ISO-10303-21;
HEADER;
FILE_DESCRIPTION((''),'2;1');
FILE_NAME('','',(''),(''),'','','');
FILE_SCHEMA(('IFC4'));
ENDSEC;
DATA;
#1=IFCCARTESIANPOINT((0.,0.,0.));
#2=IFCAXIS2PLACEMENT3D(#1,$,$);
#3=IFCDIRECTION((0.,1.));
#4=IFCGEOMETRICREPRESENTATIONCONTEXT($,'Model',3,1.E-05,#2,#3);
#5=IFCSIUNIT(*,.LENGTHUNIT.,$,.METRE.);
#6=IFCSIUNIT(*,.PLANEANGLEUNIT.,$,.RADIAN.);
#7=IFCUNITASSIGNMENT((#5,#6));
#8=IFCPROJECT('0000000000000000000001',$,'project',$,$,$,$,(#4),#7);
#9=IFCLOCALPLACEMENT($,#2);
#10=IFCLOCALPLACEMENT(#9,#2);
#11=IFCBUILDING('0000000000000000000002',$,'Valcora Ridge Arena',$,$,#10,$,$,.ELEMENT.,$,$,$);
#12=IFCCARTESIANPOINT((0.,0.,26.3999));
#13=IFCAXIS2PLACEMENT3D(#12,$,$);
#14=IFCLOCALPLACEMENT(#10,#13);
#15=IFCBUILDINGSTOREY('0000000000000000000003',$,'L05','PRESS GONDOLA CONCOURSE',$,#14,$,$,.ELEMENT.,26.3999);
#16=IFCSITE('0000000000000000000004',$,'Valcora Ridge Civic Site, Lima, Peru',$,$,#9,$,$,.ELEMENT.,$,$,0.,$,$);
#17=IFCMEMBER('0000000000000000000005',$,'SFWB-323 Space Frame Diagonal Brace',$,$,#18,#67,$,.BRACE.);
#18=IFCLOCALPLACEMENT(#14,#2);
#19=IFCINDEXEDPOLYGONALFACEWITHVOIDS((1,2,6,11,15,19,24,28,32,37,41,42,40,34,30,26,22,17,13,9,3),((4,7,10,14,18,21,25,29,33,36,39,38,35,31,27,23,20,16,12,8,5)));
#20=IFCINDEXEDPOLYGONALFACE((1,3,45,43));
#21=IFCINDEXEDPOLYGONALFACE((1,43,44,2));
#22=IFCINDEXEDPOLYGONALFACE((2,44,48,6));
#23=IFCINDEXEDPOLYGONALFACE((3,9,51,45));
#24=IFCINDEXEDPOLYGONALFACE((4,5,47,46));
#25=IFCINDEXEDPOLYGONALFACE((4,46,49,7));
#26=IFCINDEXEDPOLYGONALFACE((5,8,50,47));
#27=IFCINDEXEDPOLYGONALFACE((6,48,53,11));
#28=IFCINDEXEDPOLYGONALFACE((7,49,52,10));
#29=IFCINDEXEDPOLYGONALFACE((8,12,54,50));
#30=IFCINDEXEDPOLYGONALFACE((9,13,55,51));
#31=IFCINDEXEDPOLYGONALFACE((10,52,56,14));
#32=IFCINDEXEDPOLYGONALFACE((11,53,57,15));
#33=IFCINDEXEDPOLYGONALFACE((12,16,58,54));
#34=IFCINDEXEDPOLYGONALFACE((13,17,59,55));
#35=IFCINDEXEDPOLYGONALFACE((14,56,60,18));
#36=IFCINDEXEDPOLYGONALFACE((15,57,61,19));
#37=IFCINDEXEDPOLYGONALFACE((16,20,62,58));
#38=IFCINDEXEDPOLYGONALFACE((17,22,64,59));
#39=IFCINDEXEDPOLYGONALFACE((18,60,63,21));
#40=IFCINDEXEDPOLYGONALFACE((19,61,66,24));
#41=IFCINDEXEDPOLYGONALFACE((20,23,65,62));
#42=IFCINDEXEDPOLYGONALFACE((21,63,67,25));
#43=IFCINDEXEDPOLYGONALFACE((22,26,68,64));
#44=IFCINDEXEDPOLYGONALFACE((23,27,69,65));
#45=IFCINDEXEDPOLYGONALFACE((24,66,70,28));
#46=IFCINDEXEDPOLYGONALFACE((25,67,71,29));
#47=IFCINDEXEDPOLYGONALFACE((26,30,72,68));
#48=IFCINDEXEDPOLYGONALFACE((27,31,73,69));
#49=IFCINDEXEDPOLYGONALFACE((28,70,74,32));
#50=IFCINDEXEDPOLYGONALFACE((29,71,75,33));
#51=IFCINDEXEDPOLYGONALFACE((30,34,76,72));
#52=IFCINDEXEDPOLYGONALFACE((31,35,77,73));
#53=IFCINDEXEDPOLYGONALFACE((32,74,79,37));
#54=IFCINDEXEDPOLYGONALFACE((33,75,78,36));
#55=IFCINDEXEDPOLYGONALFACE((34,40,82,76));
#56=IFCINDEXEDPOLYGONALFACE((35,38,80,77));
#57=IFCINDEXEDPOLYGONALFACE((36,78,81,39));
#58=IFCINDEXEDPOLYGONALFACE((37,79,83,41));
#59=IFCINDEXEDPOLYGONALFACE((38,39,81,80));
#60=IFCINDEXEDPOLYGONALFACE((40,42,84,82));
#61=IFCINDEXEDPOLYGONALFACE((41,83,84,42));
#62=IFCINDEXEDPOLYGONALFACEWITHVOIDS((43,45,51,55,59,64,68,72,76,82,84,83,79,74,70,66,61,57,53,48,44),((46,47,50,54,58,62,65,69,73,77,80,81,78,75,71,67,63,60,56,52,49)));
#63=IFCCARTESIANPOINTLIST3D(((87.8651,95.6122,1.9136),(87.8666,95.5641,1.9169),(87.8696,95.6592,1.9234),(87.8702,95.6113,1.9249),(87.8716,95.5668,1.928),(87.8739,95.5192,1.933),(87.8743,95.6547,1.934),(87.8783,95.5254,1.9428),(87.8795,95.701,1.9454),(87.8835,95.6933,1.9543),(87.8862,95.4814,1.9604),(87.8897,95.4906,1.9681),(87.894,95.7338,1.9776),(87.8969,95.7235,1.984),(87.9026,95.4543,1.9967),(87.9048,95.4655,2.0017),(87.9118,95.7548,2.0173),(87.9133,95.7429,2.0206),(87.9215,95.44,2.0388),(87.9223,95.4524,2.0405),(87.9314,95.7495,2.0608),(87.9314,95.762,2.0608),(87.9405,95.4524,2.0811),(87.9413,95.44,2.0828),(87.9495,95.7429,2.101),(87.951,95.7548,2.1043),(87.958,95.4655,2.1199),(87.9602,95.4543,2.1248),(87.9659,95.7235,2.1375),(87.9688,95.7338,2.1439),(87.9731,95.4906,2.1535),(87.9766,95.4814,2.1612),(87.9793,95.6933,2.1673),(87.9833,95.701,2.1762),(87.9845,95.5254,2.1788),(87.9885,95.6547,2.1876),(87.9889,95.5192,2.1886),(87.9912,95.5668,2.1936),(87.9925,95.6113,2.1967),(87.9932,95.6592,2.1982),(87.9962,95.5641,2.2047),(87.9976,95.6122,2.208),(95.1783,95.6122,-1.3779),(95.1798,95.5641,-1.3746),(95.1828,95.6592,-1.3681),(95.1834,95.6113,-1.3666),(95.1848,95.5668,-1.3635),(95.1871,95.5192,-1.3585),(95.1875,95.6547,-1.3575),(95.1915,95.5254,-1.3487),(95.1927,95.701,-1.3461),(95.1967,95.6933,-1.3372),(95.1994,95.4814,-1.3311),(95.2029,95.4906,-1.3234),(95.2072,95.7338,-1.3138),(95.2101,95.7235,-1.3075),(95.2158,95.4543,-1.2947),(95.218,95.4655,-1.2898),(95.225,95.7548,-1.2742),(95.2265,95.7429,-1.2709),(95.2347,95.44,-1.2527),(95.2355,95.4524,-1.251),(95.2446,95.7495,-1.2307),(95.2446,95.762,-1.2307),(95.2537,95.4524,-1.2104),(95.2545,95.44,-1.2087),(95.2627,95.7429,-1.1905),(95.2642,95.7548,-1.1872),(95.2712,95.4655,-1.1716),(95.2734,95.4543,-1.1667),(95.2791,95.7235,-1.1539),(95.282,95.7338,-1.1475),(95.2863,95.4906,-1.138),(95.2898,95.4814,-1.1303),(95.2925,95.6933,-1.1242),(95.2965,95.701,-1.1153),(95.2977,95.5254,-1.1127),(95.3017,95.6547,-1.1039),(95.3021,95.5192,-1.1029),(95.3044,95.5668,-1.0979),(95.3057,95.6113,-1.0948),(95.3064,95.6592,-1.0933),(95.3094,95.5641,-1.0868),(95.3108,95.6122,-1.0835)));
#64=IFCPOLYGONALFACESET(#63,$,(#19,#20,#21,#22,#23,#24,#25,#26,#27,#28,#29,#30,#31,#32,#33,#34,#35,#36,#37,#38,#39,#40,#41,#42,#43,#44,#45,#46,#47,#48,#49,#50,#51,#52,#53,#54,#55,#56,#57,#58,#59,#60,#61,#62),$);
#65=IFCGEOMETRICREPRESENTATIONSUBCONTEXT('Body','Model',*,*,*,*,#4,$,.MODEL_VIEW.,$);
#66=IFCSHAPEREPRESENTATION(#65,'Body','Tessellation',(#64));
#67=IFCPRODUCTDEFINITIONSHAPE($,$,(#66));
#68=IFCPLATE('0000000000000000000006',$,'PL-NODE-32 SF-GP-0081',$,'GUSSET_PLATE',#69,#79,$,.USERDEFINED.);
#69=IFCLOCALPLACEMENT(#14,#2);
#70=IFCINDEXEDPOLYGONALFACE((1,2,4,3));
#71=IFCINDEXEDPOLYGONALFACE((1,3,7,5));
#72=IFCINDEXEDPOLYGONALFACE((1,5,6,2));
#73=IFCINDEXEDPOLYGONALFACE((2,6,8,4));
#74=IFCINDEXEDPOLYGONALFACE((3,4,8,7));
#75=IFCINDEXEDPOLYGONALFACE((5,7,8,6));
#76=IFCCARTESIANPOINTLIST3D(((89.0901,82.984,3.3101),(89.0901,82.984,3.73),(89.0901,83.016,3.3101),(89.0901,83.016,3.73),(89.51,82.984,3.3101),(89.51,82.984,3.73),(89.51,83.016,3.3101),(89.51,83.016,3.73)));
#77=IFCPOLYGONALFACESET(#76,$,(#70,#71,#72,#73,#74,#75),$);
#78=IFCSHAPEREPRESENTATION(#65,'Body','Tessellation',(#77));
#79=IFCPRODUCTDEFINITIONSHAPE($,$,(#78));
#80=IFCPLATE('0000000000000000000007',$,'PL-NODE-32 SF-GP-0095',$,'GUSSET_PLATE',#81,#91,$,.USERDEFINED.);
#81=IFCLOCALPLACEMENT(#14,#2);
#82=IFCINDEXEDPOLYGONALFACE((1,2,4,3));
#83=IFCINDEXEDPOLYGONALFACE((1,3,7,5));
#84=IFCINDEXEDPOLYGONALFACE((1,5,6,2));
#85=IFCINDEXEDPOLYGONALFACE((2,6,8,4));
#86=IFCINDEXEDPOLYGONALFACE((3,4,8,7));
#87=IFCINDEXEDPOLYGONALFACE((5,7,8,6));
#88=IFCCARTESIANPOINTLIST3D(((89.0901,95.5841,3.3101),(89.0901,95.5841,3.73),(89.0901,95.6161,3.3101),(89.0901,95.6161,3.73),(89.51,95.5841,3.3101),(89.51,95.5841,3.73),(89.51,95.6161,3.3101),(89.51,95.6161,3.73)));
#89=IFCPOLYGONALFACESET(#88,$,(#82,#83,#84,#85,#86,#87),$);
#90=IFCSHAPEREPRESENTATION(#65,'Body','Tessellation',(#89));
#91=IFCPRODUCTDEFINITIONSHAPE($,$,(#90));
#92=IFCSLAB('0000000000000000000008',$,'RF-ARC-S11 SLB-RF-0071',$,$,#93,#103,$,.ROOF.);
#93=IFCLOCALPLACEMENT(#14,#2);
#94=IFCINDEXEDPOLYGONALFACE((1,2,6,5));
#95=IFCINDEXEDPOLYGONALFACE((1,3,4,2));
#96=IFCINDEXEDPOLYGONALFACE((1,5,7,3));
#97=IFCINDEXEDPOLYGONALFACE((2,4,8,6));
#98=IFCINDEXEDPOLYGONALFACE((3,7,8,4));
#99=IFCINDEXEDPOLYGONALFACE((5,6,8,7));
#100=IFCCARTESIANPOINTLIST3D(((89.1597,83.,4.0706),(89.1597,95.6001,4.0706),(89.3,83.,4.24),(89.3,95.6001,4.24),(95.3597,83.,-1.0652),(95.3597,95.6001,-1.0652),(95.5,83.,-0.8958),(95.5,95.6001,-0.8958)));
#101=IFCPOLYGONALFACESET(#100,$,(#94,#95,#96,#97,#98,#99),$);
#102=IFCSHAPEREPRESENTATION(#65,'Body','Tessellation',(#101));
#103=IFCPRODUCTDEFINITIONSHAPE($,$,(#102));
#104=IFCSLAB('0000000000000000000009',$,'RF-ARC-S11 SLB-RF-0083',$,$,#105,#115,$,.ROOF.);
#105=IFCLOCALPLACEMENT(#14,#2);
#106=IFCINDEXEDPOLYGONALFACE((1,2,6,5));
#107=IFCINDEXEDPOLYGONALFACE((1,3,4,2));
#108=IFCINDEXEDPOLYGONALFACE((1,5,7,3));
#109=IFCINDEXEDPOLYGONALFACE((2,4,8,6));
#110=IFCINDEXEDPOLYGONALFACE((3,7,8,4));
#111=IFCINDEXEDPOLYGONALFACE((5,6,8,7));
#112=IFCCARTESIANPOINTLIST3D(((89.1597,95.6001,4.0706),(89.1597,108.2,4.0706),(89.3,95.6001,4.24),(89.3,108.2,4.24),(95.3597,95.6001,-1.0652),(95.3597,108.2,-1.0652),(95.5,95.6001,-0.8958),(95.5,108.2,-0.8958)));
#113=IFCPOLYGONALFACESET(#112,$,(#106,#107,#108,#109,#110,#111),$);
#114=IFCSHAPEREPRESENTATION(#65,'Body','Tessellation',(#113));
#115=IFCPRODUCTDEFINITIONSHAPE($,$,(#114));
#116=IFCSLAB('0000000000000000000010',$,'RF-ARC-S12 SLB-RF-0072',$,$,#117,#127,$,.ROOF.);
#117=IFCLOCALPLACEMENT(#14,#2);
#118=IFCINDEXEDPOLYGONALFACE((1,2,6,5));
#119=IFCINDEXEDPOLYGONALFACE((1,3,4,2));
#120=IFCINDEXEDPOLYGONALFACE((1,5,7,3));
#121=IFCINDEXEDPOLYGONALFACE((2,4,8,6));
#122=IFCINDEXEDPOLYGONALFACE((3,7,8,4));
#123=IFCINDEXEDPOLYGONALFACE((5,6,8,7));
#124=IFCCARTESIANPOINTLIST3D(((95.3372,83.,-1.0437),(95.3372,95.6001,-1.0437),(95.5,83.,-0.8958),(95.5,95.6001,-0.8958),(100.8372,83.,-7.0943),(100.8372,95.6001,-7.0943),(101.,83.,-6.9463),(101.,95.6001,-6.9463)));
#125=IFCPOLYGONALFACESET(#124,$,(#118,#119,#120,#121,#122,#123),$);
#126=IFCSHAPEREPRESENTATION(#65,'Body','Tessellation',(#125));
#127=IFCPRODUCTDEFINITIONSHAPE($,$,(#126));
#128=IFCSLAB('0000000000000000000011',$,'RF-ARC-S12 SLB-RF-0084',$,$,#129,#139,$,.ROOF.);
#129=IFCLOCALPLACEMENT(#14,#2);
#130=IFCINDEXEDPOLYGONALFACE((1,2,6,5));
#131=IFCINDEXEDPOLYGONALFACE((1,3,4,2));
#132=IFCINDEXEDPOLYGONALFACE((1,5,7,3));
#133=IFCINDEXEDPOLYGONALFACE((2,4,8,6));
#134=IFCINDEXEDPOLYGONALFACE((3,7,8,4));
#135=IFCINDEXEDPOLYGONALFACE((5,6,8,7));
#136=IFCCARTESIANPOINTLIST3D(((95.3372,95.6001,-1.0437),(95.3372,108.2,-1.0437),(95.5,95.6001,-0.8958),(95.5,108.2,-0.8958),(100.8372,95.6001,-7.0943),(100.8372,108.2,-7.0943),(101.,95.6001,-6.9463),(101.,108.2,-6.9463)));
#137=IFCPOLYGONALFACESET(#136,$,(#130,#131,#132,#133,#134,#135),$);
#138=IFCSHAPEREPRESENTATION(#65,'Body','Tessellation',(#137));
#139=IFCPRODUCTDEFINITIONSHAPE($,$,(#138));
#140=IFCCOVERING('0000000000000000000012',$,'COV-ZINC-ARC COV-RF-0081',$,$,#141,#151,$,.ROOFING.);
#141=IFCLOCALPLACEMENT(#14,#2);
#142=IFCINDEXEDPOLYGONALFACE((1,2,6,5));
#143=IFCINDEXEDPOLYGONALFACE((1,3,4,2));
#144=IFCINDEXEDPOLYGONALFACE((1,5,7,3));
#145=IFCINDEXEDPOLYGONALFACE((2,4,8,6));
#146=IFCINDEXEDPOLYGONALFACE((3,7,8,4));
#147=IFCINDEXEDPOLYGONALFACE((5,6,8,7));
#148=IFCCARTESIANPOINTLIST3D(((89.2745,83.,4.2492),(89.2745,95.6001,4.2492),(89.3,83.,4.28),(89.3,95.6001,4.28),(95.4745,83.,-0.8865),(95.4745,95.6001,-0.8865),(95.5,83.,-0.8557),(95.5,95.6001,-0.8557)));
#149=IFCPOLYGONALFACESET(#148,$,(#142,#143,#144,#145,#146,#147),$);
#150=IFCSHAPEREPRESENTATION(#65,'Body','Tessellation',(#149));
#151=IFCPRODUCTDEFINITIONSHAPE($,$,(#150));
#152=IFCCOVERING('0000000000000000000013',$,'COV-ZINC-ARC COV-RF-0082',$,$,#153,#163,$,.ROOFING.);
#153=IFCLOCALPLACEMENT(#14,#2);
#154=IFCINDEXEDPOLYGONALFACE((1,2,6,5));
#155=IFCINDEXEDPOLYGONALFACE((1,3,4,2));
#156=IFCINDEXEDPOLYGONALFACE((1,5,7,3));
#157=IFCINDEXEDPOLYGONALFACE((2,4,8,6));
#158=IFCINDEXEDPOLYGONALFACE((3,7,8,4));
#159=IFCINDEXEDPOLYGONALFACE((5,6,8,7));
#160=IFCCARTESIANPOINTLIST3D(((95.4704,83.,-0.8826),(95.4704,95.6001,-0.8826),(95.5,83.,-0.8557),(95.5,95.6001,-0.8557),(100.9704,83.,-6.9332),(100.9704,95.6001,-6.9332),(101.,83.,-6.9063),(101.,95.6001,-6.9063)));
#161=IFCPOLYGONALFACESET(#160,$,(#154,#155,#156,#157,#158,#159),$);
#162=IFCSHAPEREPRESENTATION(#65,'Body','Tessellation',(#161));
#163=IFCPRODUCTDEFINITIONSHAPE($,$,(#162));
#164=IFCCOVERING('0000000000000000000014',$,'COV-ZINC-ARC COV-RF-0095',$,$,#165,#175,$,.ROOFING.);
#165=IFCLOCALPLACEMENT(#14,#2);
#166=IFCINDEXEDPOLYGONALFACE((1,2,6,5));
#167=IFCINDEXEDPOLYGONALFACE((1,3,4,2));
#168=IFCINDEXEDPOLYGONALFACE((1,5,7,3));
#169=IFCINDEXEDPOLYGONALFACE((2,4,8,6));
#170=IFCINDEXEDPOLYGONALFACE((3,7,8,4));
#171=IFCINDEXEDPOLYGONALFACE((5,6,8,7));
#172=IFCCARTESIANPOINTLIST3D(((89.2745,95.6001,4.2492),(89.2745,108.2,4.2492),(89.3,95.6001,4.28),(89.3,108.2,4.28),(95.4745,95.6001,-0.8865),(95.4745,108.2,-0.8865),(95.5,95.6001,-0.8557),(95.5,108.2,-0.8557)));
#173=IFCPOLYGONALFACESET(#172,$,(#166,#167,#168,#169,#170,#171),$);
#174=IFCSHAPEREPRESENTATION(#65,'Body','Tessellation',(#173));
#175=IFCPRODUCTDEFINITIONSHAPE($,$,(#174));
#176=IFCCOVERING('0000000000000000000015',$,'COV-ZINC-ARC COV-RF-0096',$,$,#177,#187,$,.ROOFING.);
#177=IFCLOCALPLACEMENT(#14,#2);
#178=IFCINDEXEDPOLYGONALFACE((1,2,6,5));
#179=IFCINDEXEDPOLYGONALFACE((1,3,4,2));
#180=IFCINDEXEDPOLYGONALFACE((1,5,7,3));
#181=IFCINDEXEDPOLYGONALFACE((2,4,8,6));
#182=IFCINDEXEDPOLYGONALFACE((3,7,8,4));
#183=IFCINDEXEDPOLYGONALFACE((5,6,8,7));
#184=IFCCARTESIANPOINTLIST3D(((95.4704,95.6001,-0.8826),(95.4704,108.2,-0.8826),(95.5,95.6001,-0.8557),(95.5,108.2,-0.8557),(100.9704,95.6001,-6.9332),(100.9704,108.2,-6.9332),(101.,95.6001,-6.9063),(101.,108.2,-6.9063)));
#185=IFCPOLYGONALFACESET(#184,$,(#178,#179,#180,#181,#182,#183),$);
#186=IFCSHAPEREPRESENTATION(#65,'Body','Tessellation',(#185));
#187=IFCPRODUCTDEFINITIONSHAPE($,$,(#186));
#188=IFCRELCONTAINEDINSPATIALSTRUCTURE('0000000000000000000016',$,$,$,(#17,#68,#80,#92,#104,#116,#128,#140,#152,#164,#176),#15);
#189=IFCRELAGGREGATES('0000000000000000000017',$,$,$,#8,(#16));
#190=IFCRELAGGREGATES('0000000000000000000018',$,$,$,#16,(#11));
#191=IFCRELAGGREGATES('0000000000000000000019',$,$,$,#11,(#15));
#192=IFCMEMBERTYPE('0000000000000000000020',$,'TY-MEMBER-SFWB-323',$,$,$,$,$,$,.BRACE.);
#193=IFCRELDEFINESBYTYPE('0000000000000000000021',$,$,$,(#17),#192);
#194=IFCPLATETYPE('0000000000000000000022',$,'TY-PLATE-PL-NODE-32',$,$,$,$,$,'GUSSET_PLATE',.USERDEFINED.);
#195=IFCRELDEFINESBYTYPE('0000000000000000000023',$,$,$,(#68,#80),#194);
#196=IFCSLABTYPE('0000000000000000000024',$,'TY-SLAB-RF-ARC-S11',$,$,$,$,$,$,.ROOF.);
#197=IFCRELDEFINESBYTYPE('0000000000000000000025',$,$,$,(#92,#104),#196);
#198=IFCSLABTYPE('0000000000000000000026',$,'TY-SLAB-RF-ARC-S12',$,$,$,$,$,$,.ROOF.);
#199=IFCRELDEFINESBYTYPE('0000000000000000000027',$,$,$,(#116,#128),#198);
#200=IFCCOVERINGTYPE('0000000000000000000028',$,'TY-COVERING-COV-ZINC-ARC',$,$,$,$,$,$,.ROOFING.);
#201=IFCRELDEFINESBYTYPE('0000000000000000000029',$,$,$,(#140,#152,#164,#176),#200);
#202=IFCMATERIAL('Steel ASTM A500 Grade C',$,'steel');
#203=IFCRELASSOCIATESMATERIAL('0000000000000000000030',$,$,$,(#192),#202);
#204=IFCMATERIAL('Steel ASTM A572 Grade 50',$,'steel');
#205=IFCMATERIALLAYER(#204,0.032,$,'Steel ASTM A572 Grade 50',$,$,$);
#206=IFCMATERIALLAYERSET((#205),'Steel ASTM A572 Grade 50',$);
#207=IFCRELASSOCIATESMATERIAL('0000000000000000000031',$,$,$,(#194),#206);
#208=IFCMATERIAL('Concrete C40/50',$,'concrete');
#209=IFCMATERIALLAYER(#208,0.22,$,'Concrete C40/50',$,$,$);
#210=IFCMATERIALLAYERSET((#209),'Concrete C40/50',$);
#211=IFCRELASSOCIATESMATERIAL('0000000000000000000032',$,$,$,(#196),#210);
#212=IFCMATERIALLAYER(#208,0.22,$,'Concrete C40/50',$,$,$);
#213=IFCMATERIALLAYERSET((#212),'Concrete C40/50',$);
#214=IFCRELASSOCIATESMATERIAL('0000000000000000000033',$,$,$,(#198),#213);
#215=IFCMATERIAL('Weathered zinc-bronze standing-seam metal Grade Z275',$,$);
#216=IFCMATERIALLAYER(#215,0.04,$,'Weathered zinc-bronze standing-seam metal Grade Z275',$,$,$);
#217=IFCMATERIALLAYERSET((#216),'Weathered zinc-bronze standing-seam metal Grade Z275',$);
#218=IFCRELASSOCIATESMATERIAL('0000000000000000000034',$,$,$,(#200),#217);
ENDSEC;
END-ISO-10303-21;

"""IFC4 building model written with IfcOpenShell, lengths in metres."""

from ifc_helpers import new_model, si_unit, direction, frame, origin, origin_2d, place, context, subcontext, project, spatial, polyline, rectangle, hollow_circle, outline, extrude, material, layer, layer_set, material_profile, profile_set, type_object, element, save


model = new_model("IFC4")

# Units and contexts
model_context = context("Model", 3, precision=1e-05, world=origin(), true_north=direction((0.0, 1.0)))
body_context = subcontext(model_context, "Body", "Model", "MODEL_VIEW")
ifc_project = project(units=[si_unit("LENGTHUNIT", "METRE"), si_unit("PLANEANGLEUNIT", "RADIAN")], contexts=[model_context])

# Site, building, storey
site_placement = place(None, origin())
site = spatial("IfcSite", under=ifc_project, at=site_placement, Name="Valcora Ridge Civic Site, Lima, Peru", CompositionType="ELEMENT", RefElevation=0.0)
building_placement = place(site_placement, origin())
building = spatial("IfcBuilding", under=site, at=building_placement, Name="Valcora Ridge Arena", CompositionType="ELEMENT")
storey_placement = place(building_placement, frame((0.0, 0.0, 26.3999)))
storey = spatial("IfcBuildingStorey", under=building, at=storey_placement, Name="L05", Description="PRESS GONDOLA CONCOURSE", CompositionType="ELEMENT", Elevation=26.3999)

# Member
ifc_material_1 = material(Name="Steel ASTM A572 Grade 50", Category="steel")
ifc_material_2 = material(Name="Steel ASTM A500 Grade C", Category="steel")
ifc_material_profile_1 = material_profile(ifc_material_2, hollow_circle(Radius=0.1619, WallThickness=0.0125, at=origin_2d()), Name="CHS323X12")
ifc_profile_set_1 = profile_set([ifc_material_profile_1], Name="Steel ASTM A500 Grade C")
member_type_1 = type_object("IfcMemberType", Name="TY-MEMBER-SFWB-323", PredefinedType="BRACE", material=ifc_profile_set_1)
for number, where, z_axis, x_axis, name in (
    (1, (87.9314, 95.6001, 2.0608), (0.911896, 0.0, -0.410422), (0.0, 1.0, 0.0), "SFWB-323 Space Frame Diagonal Brace"),
):
    element("IfcMember", number, at=place(storey_placement, frame(where, z_axis=z_axis, x_axis=x_axis)), inside=storey, type_object=member_type_1, Name=name, PredefinedType="BRACE", context=body_context, shape_type="SweptSolid", body=[
        extrude(hollow_circle(Radius=0.1619, WallThickness=0.0125, at=origin_2d()), origin(), (0.0, 0.0, 1.0), 8.0198),
    ])

# Plates
ifc_layer_1 = layer(ifc_material_1, 0.032, Name="Steel ASTM A572 Grade 50")
ifc_layer_set_1 = layer_set([ifc_layer_1], Name="Steel ASTM A572 Grade 50")
plate_type = type_object("IfcPlateType", Name="TY-PLATE-PL-NODE-32", ElementType="GUSSET_PLATE", PredefinedType="USERDEFINED", material=ifc_layer_set_1)
for number, where, z_axis, x_axis, name in (
    (2, (89.3, 83.0, 3.3101), (0.0, 0.0, 1.0), (1.0, 0.0, 0.0), "PL-NODE-32 SF-GP-0081"),
    (3, (89.3, 95.6001, 3.3101), (0.0, 0.0, 1.0), (1.0, 0.0, 0.0), "PL-NODE-32 SF-GP-0095"),
):
    element("IfcPlate", number, at=place(storey_placement, frame(where, z_axis=z_axis, x_axis=x_axis)), inside=storey, type_object=plate_type, Name=name, ObjectType="GUSSET_PLATE", PredefinedType="USERDEFINED", context=body_context, shape_type="SweptSolid", body=[
        extrude(rectangle(XDim=0.4199, YDim=0.032, at=origin_2d()), origin(), (0.0, 0.0, 1.0), 0.4199),
    ])

# Slabs
ifc_material_3 = material(Name="Concrete C40/50", Category="concrete")
ifc_layer_2 = layer(ifc_material_3, 0.22, Name="Concrete C40/50")
ifc_layer_set_2 = layer_set([ifc_layer_2], Name="Concrete C40/50")
slab_type_1 = type_object("IfcSlabType", Name="TY-SLAB-RF-ARC-S11", PredefinedType="ROOF", material=ifc_layer_set_2)
slab_1_placement = place(storey_placement, frame((89.3, 83.0, 4.24), z_axis=(0.637918, 0.0, 0.770105), x_axis=(0.770105, 0.0, -0.637918)))
element("IfcSlab", 4, at=slab_1_placement, inside=storey, type_object=slab_type_1, Name="RF-ARC-S11 SLB-RF-0071", PredefinedType="ROOF", context=body_context, shape_type="SweptSolid", body=[
    extrude(outline(polyline([(0.0, 0.0), (8.0508, 0.0), (8.0508, 12.6001), (0.0, 12.6001), (0.0, 0.0)])), origin(), (0.0, 0.0, -1.0), 0.22),
])
slab_2_placement = place(storey_placement, frame((89.3, 95.6001, 4.24), z_axis=(0.637918, 0.0, 0.770105), x_axis=(0.770105, 0.0, -0.637918)))
element("IfcSlab", 5, at=slab_2_placement, inside=storey, type_object=slab_type_1, Name="RF-ARC-S11 SLB-RF-0083", PredefinedType="ROOF", context=body_context, shape_type="SweptSolid", body=[
    extrude(outline(polyline([(0.0, 0.0), (8.0508, 0.0), (8.0508, 12.5999), (0.0, 12.5999), (0.0, 0.0)])), origin(), (0.0, 0.0, -1.0), 0.22),
])
ifc_layer_3 = layer(ifc_material_3, 0.22, Name="Concrete C40/50")
ifc_layer_set_3 = layer_set([ifc_layer_3], Name="Concrete C40/50")
slab_type_2 = type_object("IfcSlabType", Name="TY-SLAB-RF-ARC-S12", PredefinedType="ROOF", material=ifc_layer_set_3)
slab_3_placement = place(storey_placement, frame((95.5, 83.0, -0.8958), z_axis=(0.73997, 0.0, 0.67264), x_axis=(0.67264, 0.0, -0.73997)))
element("IfcSlab", 6, at=slab_3_placement, inside=storey, type_object=slab_type_2, Name="RF-ARC-S12 SLB-RF-0072", PredefinedType="ROOF", context=body_context, shape_type="SweptSolid", body=[
    extrude(outline(polyline([(0.0, 0.0), (8.1767, 0.0), (8.1767, 12.6001), (0.0, 12.6001), (0.0, 0.0)])), origin(), (0.0, 0.0, -1.0), 0.22),
])
slab_4_placement = place(storey_placement, frame((95.5, 95.6001, -0.8958), z_axis=(0.73997, 0.0, 0.67264), x_axis=(0.67264, 0.0, -0.73997)))
element("IfcSlab", 7, at=slab_4_placement, inside=storey, type_object=slab_type_2, Name="RF-ARC-S12 SLB-RF-0084", PredefinedType="ROOF", context=body_context, shape_type="SweptSolid", body=[
    extrude(outline(polyline([(0.0, 0.0), (8.1767, 0.0), (8.1767, 12.5999), (0.0, 12.5999), (0.0, 0.0)])), origin(), (0.0, 0.0, -1.0), 0.22),
])

# Coverings
ifc_material_4 = material(Name="Weathered zinc-bronze standing-seam metal Grade Z275")
ifc_layer_4 = layer(ifc_material_4, 0.04, Name="Weathered zinc-bronze standing-seam metal Grade Z275")
ifc_layer_set_4 = layer_set([ifc_layer_4], Name="Weathered zinc-bronze standing-seam metal Grade Z275")
covering_type = type_object("IfcCoveringType", Name="TY-COVERING-COV-ZINC-ARC", PredefinedType="ROOFING", material=ifc_layer_set_4)
covering_1_placement = place(storey_placement, frame((89.3, 83.0, 4.28), z_axis=(0.637918, 0.0, 0.770105), x_axis=(0.770105, 0.0, -0.637918)))
element("IfcCovering", 8, at=covering_1_placement, inside=storey, type_object=covering_type, Name="COV-ZINC-ARC COV-RF-0081", PredefinedType="ROOFING", context=body_context, shape_type="SweptSolid", body=[
    extrude(outline(polyline([(0.0, 0.0), (8.0508, 0.0), (8.0508, 12.6001), (0.0, 12.6001), (0.0, 0.0)])), origin(), (0.0, 0.0, -1.0), 0.04),
])
covering_2_placement = place(storey_placement, frame((95.5, 83.0, -0.8557), z_axis=(0.73997, 0.0, 0.67264), x_axis=(0.67264, 0.0, -0.73997)))
element("IfcCovering", 9, at=covering_2_placement, inside=storey, type_object=covering_type, Name="COV-ZINC-ARC COV-RF-0082", PredefinedType="ROOFING", context=body_context, shape_type="SweptSolid", body=[
    extrude(outline(polyline([(0.0, 0.0), (8.1767, 0.0), (8.1767, 12.6001), (0.0, 12.6001), (0.0, 0.0)])), origin(), (0.0, 0.0, -1.0), 0.04),
])
covering_3_placement = place(storey_placement, frame((89.3, 95.6001, 4.28), z_axis=(0.637918, 0.0, 0.770105), x_axis=(0.770105, 0.0, -0.637918)))
element("IfcCovering", 10, at=covering_3_placement, inside=storey, type_object=covering_type, Name="COV-ZINC-ARC COV-RF-0095", PredefinedType="ROOFING", context=body_context, shape_type="SweptSolid", body=[
    extrude(outline(polyline([(0.0, 0.0), (8.0508, 0.0), (8.0508, 12.5999), (0.0, 12.5999), (0.0, 0.0)])), origin(), (0.0, 0.0, -1.0), 0.04),
])
covering_4_placement = place(storey_placement, frame((95.5, 95.6001, -0.8557), z_axis=(0.73997, 0.0, 0.67264), x_axis=(0.67264, 0.0, -0.73997)))
element("IfcCovering", 11, at=covering_4_placement, inside=storey, type_object=covering_type, Name="COV-ZINC-ARC COV-RF-0096", PredefinedType="ROOFING", context=body_context, shape_type="SweptSolid", body=[
    extrude(outline(polyline([(0.0, 0.0), (8.1767, 0.0), (8.1767, 12.5999), (0.0, 12.5999), (0.0, 0.0)])), origin(), (0.0, 0.0, -1.0), 0.04),
])

save(model, "model.ifc")
